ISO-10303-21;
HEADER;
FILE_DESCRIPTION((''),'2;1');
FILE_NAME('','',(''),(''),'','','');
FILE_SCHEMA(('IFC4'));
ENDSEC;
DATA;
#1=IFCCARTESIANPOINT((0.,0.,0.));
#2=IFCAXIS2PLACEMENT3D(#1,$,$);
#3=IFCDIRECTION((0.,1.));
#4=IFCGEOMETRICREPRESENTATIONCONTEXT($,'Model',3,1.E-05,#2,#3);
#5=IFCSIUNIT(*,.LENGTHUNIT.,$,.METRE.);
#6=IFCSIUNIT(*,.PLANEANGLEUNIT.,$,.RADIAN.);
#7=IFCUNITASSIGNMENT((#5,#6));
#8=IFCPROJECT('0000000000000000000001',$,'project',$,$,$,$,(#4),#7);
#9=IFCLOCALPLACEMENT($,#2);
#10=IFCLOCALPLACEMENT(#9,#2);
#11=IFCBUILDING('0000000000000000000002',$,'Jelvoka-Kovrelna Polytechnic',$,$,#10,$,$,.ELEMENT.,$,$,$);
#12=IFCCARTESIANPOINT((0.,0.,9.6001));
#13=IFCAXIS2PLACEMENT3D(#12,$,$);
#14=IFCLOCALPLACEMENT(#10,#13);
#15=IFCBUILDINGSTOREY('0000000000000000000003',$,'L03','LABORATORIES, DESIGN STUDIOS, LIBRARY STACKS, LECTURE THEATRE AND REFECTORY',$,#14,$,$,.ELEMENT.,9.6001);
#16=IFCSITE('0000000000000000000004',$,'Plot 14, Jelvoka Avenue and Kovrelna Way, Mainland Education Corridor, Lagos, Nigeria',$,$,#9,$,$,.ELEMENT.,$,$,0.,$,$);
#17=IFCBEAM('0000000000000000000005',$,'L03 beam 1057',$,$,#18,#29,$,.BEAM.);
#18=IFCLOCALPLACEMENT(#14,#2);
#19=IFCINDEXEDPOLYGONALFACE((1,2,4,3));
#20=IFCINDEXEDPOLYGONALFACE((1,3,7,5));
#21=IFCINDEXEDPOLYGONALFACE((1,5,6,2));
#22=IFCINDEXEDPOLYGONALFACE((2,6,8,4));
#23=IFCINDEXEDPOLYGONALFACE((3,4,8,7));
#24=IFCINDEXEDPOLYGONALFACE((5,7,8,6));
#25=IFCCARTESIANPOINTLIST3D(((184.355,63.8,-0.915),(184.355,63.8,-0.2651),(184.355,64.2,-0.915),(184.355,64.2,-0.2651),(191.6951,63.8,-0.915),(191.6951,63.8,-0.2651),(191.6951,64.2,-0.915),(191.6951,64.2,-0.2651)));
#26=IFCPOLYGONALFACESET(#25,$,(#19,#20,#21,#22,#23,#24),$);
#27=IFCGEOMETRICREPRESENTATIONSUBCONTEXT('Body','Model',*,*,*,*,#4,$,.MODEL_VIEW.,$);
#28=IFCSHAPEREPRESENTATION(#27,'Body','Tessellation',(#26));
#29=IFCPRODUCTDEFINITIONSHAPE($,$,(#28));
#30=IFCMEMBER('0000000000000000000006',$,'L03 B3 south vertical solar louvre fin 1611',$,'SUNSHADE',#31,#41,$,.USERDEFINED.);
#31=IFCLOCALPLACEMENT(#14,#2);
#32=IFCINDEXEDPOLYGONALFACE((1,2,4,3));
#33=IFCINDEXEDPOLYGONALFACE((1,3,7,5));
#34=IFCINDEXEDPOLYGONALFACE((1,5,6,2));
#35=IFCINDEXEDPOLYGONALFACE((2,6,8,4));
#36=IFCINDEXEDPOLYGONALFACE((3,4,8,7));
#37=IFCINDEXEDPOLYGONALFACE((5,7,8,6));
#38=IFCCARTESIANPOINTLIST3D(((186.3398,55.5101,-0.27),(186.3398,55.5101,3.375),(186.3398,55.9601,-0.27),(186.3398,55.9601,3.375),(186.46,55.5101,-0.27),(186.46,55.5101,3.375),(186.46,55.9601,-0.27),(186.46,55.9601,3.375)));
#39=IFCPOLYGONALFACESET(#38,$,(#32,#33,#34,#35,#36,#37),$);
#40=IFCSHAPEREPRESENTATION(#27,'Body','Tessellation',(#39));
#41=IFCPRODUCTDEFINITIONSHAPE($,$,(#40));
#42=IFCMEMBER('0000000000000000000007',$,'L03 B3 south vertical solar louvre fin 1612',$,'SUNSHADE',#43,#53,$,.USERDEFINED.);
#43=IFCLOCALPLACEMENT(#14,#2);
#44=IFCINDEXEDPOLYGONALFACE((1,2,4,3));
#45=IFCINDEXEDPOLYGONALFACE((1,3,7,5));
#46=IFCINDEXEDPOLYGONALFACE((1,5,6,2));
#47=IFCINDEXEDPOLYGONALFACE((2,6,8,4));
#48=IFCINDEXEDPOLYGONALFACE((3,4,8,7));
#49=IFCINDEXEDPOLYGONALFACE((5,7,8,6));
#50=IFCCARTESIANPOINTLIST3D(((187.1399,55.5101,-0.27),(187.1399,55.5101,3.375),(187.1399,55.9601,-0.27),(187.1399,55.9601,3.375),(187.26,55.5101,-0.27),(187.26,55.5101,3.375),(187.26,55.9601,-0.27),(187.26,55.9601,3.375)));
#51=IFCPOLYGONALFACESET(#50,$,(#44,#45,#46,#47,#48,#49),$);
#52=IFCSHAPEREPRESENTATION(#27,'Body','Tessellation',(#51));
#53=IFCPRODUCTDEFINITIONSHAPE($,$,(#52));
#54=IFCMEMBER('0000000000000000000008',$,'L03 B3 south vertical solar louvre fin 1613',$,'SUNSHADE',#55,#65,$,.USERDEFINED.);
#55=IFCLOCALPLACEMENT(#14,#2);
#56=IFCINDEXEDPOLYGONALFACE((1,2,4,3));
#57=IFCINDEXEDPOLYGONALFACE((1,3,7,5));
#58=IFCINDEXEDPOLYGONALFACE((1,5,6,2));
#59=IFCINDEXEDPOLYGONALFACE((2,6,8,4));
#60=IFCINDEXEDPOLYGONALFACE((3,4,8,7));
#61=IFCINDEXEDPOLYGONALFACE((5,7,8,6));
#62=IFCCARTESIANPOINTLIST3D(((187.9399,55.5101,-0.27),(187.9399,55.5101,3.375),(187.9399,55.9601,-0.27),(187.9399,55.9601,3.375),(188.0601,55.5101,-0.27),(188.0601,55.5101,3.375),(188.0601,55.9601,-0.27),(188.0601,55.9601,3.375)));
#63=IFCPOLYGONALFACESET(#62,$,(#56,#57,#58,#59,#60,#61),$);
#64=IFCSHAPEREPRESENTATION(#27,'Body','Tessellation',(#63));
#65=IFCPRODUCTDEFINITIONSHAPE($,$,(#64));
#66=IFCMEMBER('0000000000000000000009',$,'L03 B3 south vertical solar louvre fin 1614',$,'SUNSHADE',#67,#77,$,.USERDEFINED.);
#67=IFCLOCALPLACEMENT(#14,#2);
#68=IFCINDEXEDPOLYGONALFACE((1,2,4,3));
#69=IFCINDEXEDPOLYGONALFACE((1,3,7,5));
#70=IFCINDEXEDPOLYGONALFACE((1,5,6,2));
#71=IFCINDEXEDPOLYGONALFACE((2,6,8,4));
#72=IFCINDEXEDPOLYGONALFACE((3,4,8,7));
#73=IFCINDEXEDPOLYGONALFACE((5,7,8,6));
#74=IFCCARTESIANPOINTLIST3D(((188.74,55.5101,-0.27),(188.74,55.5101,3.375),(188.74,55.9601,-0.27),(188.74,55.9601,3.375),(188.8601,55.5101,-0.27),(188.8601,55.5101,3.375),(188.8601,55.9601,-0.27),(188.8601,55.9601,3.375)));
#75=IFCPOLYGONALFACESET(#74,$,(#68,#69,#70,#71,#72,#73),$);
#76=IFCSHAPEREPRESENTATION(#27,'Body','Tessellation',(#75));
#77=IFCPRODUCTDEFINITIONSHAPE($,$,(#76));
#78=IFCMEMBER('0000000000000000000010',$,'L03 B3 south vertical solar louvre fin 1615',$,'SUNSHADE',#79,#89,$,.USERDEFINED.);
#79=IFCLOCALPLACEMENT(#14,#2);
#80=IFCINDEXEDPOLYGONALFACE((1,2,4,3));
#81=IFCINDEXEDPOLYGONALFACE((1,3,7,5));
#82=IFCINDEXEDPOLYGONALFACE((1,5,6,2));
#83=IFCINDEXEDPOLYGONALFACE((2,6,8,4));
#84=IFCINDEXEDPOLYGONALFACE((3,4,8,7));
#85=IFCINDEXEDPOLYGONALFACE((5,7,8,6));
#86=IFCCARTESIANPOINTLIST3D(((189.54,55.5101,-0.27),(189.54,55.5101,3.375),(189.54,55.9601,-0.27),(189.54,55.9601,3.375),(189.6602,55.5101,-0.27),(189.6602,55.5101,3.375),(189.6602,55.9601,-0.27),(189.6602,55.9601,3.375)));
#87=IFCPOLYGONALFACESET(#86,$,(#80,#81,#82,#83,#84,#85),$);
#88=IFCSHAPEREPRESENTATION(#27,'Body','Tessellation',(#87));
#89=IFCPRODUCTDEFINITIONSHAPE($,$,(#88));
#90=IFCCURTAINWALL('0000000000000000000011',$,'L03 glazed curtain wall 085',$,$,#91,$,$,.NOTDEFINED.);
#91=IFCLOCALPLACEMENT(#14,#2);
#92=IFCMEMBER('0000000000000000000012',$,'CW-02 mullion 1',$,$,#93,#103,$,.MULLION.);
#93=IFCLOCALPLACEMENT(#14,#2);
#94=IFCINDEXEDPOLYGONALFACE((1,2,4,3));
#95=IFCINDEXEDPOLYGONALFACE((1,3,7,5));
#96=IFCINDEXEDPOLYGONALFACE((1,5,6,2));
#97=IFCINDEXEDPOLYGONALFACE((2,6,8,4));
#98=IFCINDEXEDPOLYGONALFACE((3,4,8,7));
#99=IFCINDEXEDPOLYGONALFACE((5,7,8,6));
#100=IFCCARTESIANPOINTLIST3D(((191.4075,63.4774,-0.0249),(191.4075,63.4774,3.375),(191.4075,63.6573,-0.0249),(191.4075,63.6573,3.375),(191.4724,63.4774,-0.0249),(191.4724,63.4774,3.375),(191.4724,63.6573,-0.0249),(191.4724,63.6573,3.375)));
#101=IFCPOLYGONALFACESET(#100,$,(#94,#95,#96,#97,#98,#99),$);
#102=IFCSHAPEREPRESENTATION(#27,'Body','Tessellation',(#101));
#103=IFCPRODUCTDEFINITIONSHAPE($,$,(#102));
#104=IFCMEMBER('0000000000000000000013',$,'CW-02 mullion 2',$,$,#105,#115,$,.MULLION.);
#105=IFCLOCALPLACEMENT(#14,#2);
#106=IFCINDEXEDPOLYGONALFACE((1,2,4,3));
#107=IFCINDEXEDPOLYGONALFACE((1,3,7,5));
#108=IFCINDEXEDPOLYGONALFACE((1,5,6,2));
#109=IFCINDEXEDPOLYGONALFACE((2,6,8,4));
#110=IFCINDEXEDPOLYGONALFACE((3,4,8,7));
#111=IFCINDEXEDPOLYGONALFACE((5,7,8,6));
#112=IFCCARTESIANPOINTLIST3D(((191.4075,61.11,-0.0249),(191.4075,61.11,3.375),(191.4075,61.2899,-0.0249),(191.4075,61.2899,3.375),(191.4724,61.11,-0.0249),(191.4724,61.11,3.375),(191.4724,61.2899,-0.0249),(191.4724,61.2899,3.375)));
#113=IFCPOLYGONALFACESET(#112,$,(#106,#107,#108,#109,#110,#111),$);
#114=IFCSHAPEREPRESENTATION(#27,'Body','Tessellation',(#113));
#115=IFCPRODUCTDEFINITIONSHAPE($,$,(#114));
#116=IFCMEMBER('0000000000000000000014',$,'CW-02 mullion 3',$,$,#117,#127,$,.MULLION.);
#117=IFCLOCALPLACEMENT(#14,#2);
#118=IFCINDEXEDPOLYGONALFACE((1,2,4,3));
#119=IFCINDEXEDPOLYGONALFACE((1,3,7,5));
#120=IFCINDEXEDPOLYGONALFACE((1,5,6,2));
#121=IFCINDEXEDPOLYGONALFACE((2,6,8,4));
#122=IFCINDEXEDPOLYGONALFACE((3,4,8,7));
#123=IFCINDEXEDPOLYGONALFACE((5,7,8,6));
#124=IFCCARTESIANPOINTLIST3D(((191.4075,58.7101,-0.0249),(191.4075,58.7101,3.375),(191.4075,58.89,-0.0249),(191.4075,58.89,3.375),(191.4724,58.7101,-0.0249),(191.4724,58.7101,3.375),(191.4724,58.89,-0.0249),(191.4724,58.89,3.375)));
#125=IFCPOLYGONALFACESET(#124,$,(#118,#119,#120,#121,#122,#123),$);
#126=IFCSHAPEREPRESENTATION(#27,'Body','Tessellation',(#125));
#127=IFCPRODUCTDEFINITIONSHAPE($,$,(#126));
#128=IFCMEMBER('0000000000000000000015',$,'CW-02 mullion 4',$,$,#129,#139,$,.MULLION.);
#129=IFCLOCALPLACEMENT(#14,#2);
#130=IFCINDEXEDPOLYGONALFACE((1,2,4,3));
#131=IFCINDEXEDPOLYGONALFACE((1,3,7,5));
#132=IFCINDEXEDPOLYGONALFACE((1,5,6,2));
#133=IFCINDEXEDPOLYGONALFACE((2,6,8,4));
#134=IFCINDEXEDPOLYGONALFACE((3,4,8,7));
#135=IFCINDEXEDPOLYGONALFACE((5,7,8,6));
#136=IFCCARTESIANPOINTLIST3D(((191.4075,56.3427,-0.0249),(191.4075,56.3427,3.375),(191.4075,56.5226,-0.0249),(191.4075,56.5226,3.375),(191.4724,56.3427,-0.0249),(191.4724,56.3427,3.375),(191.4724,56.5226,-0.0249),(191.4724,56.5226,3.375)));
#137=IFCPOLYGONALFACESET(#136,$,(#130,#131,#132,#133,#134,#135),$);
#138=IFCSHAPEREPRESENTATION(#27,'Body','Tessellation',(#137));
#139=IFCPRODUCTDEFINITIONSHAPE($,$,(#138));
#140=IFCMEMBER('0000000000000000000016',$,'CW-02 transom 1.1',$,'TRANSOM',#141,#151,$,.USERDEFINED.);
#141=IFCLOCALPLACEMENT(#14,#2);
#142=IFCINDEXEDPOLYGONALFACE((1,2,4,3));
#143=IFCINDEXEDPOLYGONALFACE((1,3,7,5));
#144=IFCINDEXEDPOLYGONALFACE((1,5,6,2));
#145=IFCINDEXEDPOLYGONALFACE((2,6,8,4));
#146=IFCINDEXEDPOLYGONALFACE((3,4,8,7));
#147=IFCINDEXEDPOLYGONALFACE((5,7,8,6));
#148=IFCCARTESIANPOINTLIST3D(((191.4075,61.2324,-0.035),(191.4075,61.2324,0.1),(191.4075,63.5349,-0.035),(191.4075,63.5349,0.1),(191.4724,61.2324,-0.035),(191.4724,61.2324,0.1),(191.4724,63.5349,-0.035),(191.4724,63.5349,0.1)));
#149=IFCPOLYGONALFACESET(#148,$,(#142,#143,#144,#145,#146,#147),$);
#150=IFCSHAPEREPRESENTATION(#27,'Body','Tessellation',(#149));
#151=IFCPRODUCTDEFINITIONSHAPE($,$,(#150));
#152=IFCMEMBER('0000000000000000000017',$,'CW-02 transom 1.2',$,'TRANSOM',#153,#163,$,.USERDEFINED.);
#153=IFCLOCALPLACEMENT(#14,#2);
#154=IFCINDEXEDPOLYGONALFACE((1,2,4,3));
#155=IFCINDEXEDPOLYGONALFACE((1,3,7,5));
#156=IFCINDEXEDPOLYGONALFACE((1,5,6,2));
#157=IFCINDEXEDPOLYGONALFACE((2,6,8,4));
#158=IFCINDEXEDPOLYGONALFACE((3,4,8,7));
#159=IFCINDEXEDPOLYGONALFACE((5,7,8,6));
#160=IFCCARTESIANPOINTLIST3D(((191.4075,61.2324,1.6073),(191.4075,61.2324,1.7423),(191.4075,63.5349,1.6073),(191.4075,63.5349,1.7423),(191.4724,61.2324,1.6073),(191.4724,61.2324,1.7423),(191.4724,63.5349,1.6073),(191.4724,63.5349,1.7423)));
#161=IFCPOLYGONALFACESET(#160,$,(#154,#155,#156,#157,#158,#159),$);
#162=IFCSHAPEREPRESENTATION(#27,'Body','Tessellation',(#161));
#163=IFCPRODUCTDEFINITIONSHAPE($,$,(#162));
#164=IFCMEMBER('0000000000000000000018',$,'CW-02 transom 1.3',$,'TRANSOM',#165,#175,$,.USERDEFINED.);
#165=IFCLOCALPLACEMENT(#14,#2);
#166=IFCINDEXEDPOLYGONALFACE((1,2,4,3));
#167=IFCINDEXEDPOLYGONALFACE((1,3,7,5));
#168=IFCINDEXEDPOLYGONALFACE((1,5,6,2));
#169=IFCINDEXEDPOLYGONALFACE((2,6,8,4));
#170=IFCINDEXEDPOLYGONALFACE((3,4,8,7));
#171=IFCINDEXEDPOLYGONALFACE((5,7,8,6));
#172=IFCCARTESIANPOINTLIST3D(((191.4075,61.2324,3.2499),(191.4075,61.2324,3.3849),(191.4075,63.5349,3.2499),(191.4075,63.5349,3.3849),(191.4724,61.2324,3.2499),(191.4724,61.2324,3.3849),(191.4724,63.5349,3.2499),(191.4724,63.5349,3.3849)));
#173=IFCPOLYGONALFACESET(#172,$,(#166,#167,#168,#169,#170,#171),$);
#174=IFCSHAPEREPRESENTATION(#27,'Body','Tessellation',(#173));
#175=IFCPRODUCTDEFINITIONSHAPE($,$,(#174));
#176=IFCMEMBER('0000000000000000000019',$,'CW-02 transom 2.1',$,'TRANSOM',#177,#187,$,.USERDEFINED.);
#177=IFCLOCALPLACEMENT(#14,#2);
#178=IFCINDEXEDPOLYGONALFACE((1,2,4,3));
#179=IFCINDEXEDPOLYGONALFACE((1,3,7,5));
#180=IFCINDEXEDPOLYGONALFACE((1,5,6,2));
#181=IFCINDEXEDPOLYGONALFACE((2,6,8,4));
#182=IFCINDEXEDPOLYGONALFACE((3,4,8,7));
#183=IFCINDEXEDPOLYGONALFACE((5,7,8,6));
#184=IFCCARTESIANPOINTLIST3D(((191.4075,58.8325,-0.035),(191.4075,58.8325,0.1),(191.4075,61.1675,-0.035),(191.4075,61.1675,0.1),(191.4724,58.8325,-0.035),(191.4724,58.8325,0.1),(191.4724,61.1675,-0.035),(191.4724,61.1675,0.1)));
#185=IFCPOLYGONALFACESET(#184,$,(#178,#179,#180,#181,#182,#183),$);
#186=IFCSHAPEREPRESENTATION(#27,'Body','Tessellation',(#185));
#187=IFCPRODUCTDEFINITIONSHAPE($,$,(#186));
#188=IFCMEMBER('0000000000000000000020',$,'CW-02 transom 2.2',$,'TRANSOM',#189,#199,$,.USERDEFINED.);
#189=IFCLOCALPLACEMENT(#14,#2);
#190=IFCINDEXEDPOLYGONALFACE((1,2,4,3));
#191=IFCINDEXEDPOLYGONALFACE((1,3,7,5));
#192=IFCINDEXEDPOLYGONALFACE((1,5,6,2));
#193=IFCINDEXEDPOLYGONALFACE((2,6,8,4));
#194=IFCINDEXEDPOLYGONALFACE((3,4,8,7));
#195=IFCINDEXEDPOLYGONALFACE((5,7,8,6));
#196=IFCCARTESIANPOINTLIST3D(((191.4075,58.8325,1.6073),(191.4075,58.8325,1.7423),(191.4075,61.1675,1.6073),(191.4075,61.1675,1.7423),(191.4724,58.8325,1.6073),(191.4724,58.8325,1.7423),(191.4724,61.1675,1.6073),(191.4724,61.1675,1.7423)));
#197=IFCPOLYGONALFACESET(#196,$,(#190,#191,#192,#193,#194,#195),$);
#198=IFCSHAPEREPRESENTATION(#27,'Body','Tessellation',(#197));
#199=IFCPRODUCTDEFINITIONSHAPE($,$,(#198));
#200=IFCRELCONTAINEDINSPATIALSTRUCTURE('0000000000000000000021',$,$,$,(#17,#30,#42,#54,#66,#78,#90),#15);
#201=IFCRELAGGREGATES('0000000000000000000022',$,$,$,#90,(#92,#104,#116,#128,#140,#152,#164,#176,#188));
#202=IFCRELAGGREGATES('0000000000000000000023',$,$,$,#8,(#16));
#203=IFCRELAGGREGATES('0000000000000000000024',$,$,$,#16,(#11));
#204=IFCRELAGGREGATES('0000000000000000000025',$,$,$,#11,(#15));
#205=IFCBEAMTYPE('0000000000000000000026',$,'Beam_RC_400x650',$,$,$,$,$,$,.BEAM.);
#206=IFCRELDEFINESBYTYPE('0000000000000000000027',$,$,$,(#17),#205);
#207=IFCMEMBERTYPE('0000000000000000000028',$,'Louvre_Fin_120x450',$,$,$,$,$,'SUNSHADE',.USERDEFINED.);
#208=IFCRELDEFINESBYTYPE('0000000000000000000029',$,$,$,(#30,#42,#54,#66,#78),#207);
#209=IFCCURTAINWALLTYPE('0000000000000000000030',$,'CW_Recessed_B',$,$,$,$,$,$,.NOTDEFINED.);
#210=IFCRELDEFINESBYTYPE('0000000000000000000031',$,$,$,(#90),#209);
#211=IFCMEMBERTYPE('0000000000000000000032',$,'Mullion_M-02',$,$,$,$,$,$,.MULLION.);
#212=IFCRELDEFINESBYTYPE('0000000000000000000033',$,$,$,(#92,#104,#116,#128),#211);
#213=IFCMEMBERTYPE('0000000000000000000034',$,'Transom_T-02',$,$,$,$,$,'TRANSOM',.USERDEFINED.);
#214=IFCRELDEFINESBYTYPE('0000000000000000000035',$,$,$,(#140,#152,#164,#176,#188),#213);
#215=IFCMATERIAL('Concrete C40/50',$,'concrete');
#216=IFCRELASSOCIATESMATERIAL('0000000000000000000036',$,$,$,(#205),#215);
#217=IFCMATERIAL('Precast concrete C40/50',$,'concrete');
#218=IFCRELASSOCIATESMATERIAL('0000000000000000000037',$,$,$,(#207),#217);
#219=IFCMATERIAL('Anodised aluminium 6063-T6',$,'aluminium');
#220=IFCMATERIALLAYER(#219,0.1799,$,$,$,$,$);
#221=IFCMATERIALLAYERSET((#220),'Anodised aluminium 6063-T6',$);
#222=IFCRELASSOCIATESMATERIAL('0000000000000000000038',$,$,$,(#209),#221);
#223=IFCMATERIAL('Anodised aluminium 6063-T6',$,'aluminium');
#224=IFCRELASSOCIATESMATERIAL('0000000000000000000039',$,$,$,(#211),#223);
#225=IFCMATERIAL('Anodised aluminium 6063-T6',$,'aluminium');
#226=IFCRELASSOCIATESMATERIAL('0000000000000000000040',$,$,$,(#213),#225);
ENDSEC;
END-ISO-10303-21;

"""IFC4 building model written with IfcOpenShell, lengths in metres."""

from ifc_helpers import new_model, si_unit, direction, frame, origin, origin_2d, place, context, subcontext, project, spatial, rectangle, extrude, material, layer, layer_set, material_profile, profile_set, type_object, element, aggregate, save


model = new_model("IFC4")

# Units and contexts
model_context = context("Model", 3, precision=1e-05, world=origin(), true_north=direction((0.0, 1.0)))
body_context = subcontext(model_context, "Body", "Model", "MODEL_VIEW")
ifc_project = project(units=[si_unit("LENGTHUNIT", "METRE"), si_unit("PLANEANGLEUNIT", "RADIAN")], contexts=[model_context])

# Site, building, storey
site_placement = place(None, origin())
site = spatial("IfcSite", under=ifc_project, at=site_placement, Name="Plot 14, Jelvoka Avenue and Kovrelna Way, Mainland Education Corridor, Lagos, Nigeria", CompositionType="ELEMENT", RefElevation=0.0)
building_placement = place(site_placement, origin())
building = spatial("IfcBuilding", under=site, at=building_placement, Name="Jelvoka-Kovrelna Polytechnic", CompositionType="ELEMENT")
storey_placement = place(building_placement, frame((0.0, 0.0, 9.6001)))
storey = spatial("IfcBuildingStorey", under=building, at=storey_placement, Name="L03", Description="LABORATORIES, DESIGN STUDIOS, LIBRARY STACKS, LECTURE THEATRE AND REFECTORY", CompositionType="ELEMENT", Elevation=9.6001)

# Beam
ifc_material_1 = material(Name="Concrete C40/50", Category="concrete")
ifc_material_profile_1 = material_profile(ifc_material_1, rectangle(XDim=0.3999, YDim=0.6499, at=origin_2d()), Name="RC 400x650")
ifc_profile_set_1 = profile_set([ifc_material_profile_1], Name="Concrete C40/50")
beam_type = type_object("IfcBeamType", Name="Beam_RC_400x650", PredefinedType="BEAM", material=ifc_profile_set_1)
beam_placement = place(storey_placement, frame((184.355, 64.0, -0.5901), z_axis=(1.0, 0.0, 0.0), x_axis=(0.0, 1.0, 0.0)))
element("IfcBeam", 1, at=beam_placement, inside=storey, type_object=beam_type, Name="L03 beam 1057", PredefinedType="BEAM", context=body_context, shape_type="SweptSolid", body=[
    extrude(rectangle(XDim=0.3999, YDim=0.6499, at=origin_2d()), origin(), (0.0, 0.0, 1.0), 7.3401),
])

# Members
ifc_material_2 = material(Name="Precast concrete C40/50", Category="concrete")
ifc_material_profile_2 = material_profile(ifc_material_2, rectangle(XDim=0.1201, YDim=0.45, at=origin_2d()), Name="PC 120x450")
ifc_profile_set_2 = profile_set([ifc_material_profile_2], Name="Precast concrete C40/50")
member_type_1 = type_object("IfcMemberType", Name="Louvre_Fin_120x450", ElementType="SUNSHADE", PredefinedType="USERDEFINED", material=ifc_profile_set_2)
for number, where, z_axis, x_axis, name in (
    (2, (186.3999, 55.7351, -0.27), (0.0, 0.0, 1.0), (1.0, 0.0, 0.0), "L03 B3 south vertical solar louvre fin 1611"),
    (3, (187.2, 55.7351, -0.27), (0.0, 0.0, 1.0), (1.0, 0.0, 0.0), "L03 B3 south vertical solar louvre fin 1612"),
    (4, (188.0, 55.7351, -0.27), (0.0, 0.0, 1.0), (1.0, 0.0, 0.0), "L03 B3 south vertical solar louvre fin 1613"),
    (5, (188.8, 55.7351, -0.27), (0.0, 0.0, 1.0), (1.0, 0.0, 0.0), "L03 B3 south vertical solar louvre fin 1614"),
    (6, (189.6001, 55.7351, -0.27), (0.0, 0.0, 1.0), (1.0, 0.0, 0.0), "L03 B3 south vertical solar louvre fin 1615"),
):
    element("IfcMember", number, at=place(storey_placement, frame(where, z_axis=z_axis, x_axis=x_axis)), inside=storey, type_object=member_type_1, Name=name, ObjectType="SUNSHADE", PredefinedType="USERDEFINED", context=body_context, shape_type="SweptSolid", body=[
        extrude(rectangle(XDim=0.1201, YDim=0.45, at=origin_2d()), origin(), (0.0, 0.0, 1.0), 3.645),
    ])

# Curtain wall, members
ifc_material_3 = material(Name="Anodised aluminium 6063-T6", Category="aluminium")
ifc_layer_1 = layer(ifc_material_3, 0.1799)
ifc_layer_set_1 = layer_set([ifc_layer_1], Name="Anodised aluminium 6063-T6")
curtain_wall_type = type_object("IfcCurtainWallType", Name="CW_Recessed_B", PredefinedType="NOTDEFINED", material=ifc_layer_set_1)
curtain_wall_placement = place(storey_placement, origin())
curtain_wall = element("IfcCurtainWall", 7, at=curtain_wall_placement, inside=storey, type_object=curtain_wall_type, Name="L03 glazed curtain wall 085", PredefinedType="NOTDEFINED")
ifc_material_4 = material(Name="Anodised aluminium 6063-T6", Category="aluminium")
ifc_material_profile_3 = material_profile(ifc_material_4, rectangle(XDim=0.0649, YDim=0.1799, at=origin_2d()), Name="ALU 65x180")
ifc_profile_set_3 = profile_set([ifc_material_profile_3], Name="Anodised aluminium 6063-T6")
member_type_2 = type_object("IfcMemberType", Name="Mullion_M-02", PredefinedType="MULLION", material=ifc_profile_set_3)
member_1_placement = place(storey_placement, frame((191.4399, 63.5674, -0.0249), z_axis=(0.0, 0.0, 1.0), x_axis=(1.0, 0.0, 0.0)))
member_1 = element("IfcMember", 8, at=member_1_placement, type_object=member_type_2, Name="CW-02 mullion 1", PredefinedType="MULLION", context=body_context, shape_type="SweptSolid", body=[
    extrude(rectangle(XDim=0.0649, YDim=0.1799, at=origin_2d()), origin(), (0.0, 0.0, 1.0), 3.3999),
])
member_2_placement = place(storey_placement, frame((191.4399, 61.2, -0.0249), z_axis=(0.0, 0.0, 1.0), x_axis=(1.0, 0.0, 0.0)))
member_2 = element("IfcMember", 9, at=member_2_placement, type_object=member_type_2, Name="CW-02 mullion 2", PredefinedType="MULLION", context=body_context, shape_type="SweptSolid", body=[
    extrude(rectangle(XDim=0.0649, YDim=0.1799, at=origin_2d()), origin(), (0.0, 0.0, 1.0), 3.3999),
])
member_3_placement = place(storey_placement, frame((191.4399, 58.8, -0.0249), z_axis=(0.0, 0.0, 1.0), x_axis=(1.0, 0.0, 0.0)))
member_3 = element("IfcMember", 10, at=member_3_placement, type_object=member_type_2, Name="CW-02 mullion 3", PredefinedType="MULLION", context=body_context, shape_type="SweptSolid", body=[
    extrude(rectangle(XDim=0.0649, YDim=0.1799, at=origin_2d()), origin(), (0.0, 0.0, 1.0), 3.3999),
])
member_4_placement = place(storey_placement, frame((191.4399, 56.4326, -0.0249), z_axis=(0.0, 0.0, 1.0), x_axis=(1.0, 0.0, 0.0)))
member_4 = element("IfcMember", 11, at=member_4_placement, type_object=member_type_2, Name="CW-02 mullion 4", PredefinedType="MULLION", context=body_context, shape_type="SweptSolid", body=[
    extrude(rectangle(XDim=0.0649, YDim=0.1799, at=origin_2d()), origin(), (0.0, 0.0, 1.0), 3.3999),
])
ifc_material_5 = material(Name="Anodised aluminium 6063-T6", Category="aluminium")
ifc_material_profile_4 = material_profile(ifc_material_5, rectangle(XDim=0.0649, YDim=0.135, at=origin_2d()), Name="ALU 65x135")
ifc_profile_set_4 = profile_set([ifc_material_profile_4], Name="Anodised aluminium 6063-T6")
member_type_3 = type_object("IfcMemberType", Name="Transom_T-02", ElementType="TRANSOM", PredefinedType="USERDEFINED", material=ifc_profile_set_4)
member_5_placement = place(storey_placement, frame((191.4399, 63.5349, 0.0325), z_axis=(0.0, -1.0, 0.0), x_axis=(1.0, 0.0, 0.0)))
member_5 = element("IfcMember", 12, at=member_5_placement, type_object=member_type_3, Name="CW-02 transom 1.1", ObjectType="TRANSOM", PredefinedType="USERDEFINED", context=body_context, shape_type="SweptSolid", body=[
    extrude(rectangle(XDim=0.0649, YDim=0.135, at=origin_2d()), origin(), (0.0, 0.0, 1.0), 2.3025),
])
member_6_placement = place(storey_placement, frame((191.4399, 63.5349, 1.6748), z_axis=(0.0, -1.0, 0.0), x_axis=(1.0, 0.0, 0.0)))
member_6 = element("IfcMember", 13, at=member_6_placement, type_object=member_type_3, Name="CW-02 transom 1.2", ObjectType="TRANSOM", PredefinedType="USERDEFINED", context=body_context, shape_type="SweptSolid", body=[
    extrude(rectangle(XDim=0.0649, YDim=0.135, at=origin_2d()), origin(), (0.0, 0.0, 1.0), 2.3025),
])
member_7_placement = place(storey_placement, frame((191.4399, 63.5349, 3.3174), z_axis=(0.0, -1.0, 0.0), x_axis=(1.0, 0.0, 0.0)))
member_7 = element("IfcMember", 14, at=member_7_placement, type_object=member_type_3, Name="CW-02 transom 1.3", ObjectType="TRANSOM", PredefinedType="USERDEFINED", context=body_context, shape_type="SweptSolid", body=[
    extrude(rectangle(XDim=0.0649, YDim=0.135, at=origin_2d()), origin(), (0.0, 0.0, 1.0), 2.3025),
])
member_8_placement = place(storey_placement, frame((191.4399, 61.1675, 0.0325), z_axis=(0.0, -1.0, 0.0), x_axis=(1.0, 0.0, 0.0)))
member_8 = element("IfcMember", 15, at=member_8_placement, type_object=member_type_3, Name="CW-02 transom 2.1", ObjectType="TRANSOM", PredefinedType="USERDEFINED", context=body_context, shape_type="SweptSolid", body=[
    extrude(rectangle(XDim=0.0649, YDim=0.135, at=origin_2d()), origin(), (0.0, 0.0, 1.0), 2.335),
])
member_9_placement = place(storey_placement, frame((191.4399, 61.1675, 1.6748), z_axis=(0.0, -1.0, 0.0), x_axis=(1.0, 0.0, 0.0)))
member_9 = element("IfcMember", 16, at=member_9_placement, type_object=member_type_3, Name="CW-02 transom 2.2", ObjectType="TRANSOM", PredefinedType="USERDEFINED", context=body_context, shape_type="SweptSolid", body=[
    extrude(rectangle(XDim=0.0649, YDim=0.135, at=origin_2d()), origin(), (0.0, 0.0, 1.0), 2.335),
])
aggregate(curtain_wall, [member_1, member_2, member_3, member_4, member_5, member_6, member_7, member_8, member_9])

save(model, "model.ifc")
